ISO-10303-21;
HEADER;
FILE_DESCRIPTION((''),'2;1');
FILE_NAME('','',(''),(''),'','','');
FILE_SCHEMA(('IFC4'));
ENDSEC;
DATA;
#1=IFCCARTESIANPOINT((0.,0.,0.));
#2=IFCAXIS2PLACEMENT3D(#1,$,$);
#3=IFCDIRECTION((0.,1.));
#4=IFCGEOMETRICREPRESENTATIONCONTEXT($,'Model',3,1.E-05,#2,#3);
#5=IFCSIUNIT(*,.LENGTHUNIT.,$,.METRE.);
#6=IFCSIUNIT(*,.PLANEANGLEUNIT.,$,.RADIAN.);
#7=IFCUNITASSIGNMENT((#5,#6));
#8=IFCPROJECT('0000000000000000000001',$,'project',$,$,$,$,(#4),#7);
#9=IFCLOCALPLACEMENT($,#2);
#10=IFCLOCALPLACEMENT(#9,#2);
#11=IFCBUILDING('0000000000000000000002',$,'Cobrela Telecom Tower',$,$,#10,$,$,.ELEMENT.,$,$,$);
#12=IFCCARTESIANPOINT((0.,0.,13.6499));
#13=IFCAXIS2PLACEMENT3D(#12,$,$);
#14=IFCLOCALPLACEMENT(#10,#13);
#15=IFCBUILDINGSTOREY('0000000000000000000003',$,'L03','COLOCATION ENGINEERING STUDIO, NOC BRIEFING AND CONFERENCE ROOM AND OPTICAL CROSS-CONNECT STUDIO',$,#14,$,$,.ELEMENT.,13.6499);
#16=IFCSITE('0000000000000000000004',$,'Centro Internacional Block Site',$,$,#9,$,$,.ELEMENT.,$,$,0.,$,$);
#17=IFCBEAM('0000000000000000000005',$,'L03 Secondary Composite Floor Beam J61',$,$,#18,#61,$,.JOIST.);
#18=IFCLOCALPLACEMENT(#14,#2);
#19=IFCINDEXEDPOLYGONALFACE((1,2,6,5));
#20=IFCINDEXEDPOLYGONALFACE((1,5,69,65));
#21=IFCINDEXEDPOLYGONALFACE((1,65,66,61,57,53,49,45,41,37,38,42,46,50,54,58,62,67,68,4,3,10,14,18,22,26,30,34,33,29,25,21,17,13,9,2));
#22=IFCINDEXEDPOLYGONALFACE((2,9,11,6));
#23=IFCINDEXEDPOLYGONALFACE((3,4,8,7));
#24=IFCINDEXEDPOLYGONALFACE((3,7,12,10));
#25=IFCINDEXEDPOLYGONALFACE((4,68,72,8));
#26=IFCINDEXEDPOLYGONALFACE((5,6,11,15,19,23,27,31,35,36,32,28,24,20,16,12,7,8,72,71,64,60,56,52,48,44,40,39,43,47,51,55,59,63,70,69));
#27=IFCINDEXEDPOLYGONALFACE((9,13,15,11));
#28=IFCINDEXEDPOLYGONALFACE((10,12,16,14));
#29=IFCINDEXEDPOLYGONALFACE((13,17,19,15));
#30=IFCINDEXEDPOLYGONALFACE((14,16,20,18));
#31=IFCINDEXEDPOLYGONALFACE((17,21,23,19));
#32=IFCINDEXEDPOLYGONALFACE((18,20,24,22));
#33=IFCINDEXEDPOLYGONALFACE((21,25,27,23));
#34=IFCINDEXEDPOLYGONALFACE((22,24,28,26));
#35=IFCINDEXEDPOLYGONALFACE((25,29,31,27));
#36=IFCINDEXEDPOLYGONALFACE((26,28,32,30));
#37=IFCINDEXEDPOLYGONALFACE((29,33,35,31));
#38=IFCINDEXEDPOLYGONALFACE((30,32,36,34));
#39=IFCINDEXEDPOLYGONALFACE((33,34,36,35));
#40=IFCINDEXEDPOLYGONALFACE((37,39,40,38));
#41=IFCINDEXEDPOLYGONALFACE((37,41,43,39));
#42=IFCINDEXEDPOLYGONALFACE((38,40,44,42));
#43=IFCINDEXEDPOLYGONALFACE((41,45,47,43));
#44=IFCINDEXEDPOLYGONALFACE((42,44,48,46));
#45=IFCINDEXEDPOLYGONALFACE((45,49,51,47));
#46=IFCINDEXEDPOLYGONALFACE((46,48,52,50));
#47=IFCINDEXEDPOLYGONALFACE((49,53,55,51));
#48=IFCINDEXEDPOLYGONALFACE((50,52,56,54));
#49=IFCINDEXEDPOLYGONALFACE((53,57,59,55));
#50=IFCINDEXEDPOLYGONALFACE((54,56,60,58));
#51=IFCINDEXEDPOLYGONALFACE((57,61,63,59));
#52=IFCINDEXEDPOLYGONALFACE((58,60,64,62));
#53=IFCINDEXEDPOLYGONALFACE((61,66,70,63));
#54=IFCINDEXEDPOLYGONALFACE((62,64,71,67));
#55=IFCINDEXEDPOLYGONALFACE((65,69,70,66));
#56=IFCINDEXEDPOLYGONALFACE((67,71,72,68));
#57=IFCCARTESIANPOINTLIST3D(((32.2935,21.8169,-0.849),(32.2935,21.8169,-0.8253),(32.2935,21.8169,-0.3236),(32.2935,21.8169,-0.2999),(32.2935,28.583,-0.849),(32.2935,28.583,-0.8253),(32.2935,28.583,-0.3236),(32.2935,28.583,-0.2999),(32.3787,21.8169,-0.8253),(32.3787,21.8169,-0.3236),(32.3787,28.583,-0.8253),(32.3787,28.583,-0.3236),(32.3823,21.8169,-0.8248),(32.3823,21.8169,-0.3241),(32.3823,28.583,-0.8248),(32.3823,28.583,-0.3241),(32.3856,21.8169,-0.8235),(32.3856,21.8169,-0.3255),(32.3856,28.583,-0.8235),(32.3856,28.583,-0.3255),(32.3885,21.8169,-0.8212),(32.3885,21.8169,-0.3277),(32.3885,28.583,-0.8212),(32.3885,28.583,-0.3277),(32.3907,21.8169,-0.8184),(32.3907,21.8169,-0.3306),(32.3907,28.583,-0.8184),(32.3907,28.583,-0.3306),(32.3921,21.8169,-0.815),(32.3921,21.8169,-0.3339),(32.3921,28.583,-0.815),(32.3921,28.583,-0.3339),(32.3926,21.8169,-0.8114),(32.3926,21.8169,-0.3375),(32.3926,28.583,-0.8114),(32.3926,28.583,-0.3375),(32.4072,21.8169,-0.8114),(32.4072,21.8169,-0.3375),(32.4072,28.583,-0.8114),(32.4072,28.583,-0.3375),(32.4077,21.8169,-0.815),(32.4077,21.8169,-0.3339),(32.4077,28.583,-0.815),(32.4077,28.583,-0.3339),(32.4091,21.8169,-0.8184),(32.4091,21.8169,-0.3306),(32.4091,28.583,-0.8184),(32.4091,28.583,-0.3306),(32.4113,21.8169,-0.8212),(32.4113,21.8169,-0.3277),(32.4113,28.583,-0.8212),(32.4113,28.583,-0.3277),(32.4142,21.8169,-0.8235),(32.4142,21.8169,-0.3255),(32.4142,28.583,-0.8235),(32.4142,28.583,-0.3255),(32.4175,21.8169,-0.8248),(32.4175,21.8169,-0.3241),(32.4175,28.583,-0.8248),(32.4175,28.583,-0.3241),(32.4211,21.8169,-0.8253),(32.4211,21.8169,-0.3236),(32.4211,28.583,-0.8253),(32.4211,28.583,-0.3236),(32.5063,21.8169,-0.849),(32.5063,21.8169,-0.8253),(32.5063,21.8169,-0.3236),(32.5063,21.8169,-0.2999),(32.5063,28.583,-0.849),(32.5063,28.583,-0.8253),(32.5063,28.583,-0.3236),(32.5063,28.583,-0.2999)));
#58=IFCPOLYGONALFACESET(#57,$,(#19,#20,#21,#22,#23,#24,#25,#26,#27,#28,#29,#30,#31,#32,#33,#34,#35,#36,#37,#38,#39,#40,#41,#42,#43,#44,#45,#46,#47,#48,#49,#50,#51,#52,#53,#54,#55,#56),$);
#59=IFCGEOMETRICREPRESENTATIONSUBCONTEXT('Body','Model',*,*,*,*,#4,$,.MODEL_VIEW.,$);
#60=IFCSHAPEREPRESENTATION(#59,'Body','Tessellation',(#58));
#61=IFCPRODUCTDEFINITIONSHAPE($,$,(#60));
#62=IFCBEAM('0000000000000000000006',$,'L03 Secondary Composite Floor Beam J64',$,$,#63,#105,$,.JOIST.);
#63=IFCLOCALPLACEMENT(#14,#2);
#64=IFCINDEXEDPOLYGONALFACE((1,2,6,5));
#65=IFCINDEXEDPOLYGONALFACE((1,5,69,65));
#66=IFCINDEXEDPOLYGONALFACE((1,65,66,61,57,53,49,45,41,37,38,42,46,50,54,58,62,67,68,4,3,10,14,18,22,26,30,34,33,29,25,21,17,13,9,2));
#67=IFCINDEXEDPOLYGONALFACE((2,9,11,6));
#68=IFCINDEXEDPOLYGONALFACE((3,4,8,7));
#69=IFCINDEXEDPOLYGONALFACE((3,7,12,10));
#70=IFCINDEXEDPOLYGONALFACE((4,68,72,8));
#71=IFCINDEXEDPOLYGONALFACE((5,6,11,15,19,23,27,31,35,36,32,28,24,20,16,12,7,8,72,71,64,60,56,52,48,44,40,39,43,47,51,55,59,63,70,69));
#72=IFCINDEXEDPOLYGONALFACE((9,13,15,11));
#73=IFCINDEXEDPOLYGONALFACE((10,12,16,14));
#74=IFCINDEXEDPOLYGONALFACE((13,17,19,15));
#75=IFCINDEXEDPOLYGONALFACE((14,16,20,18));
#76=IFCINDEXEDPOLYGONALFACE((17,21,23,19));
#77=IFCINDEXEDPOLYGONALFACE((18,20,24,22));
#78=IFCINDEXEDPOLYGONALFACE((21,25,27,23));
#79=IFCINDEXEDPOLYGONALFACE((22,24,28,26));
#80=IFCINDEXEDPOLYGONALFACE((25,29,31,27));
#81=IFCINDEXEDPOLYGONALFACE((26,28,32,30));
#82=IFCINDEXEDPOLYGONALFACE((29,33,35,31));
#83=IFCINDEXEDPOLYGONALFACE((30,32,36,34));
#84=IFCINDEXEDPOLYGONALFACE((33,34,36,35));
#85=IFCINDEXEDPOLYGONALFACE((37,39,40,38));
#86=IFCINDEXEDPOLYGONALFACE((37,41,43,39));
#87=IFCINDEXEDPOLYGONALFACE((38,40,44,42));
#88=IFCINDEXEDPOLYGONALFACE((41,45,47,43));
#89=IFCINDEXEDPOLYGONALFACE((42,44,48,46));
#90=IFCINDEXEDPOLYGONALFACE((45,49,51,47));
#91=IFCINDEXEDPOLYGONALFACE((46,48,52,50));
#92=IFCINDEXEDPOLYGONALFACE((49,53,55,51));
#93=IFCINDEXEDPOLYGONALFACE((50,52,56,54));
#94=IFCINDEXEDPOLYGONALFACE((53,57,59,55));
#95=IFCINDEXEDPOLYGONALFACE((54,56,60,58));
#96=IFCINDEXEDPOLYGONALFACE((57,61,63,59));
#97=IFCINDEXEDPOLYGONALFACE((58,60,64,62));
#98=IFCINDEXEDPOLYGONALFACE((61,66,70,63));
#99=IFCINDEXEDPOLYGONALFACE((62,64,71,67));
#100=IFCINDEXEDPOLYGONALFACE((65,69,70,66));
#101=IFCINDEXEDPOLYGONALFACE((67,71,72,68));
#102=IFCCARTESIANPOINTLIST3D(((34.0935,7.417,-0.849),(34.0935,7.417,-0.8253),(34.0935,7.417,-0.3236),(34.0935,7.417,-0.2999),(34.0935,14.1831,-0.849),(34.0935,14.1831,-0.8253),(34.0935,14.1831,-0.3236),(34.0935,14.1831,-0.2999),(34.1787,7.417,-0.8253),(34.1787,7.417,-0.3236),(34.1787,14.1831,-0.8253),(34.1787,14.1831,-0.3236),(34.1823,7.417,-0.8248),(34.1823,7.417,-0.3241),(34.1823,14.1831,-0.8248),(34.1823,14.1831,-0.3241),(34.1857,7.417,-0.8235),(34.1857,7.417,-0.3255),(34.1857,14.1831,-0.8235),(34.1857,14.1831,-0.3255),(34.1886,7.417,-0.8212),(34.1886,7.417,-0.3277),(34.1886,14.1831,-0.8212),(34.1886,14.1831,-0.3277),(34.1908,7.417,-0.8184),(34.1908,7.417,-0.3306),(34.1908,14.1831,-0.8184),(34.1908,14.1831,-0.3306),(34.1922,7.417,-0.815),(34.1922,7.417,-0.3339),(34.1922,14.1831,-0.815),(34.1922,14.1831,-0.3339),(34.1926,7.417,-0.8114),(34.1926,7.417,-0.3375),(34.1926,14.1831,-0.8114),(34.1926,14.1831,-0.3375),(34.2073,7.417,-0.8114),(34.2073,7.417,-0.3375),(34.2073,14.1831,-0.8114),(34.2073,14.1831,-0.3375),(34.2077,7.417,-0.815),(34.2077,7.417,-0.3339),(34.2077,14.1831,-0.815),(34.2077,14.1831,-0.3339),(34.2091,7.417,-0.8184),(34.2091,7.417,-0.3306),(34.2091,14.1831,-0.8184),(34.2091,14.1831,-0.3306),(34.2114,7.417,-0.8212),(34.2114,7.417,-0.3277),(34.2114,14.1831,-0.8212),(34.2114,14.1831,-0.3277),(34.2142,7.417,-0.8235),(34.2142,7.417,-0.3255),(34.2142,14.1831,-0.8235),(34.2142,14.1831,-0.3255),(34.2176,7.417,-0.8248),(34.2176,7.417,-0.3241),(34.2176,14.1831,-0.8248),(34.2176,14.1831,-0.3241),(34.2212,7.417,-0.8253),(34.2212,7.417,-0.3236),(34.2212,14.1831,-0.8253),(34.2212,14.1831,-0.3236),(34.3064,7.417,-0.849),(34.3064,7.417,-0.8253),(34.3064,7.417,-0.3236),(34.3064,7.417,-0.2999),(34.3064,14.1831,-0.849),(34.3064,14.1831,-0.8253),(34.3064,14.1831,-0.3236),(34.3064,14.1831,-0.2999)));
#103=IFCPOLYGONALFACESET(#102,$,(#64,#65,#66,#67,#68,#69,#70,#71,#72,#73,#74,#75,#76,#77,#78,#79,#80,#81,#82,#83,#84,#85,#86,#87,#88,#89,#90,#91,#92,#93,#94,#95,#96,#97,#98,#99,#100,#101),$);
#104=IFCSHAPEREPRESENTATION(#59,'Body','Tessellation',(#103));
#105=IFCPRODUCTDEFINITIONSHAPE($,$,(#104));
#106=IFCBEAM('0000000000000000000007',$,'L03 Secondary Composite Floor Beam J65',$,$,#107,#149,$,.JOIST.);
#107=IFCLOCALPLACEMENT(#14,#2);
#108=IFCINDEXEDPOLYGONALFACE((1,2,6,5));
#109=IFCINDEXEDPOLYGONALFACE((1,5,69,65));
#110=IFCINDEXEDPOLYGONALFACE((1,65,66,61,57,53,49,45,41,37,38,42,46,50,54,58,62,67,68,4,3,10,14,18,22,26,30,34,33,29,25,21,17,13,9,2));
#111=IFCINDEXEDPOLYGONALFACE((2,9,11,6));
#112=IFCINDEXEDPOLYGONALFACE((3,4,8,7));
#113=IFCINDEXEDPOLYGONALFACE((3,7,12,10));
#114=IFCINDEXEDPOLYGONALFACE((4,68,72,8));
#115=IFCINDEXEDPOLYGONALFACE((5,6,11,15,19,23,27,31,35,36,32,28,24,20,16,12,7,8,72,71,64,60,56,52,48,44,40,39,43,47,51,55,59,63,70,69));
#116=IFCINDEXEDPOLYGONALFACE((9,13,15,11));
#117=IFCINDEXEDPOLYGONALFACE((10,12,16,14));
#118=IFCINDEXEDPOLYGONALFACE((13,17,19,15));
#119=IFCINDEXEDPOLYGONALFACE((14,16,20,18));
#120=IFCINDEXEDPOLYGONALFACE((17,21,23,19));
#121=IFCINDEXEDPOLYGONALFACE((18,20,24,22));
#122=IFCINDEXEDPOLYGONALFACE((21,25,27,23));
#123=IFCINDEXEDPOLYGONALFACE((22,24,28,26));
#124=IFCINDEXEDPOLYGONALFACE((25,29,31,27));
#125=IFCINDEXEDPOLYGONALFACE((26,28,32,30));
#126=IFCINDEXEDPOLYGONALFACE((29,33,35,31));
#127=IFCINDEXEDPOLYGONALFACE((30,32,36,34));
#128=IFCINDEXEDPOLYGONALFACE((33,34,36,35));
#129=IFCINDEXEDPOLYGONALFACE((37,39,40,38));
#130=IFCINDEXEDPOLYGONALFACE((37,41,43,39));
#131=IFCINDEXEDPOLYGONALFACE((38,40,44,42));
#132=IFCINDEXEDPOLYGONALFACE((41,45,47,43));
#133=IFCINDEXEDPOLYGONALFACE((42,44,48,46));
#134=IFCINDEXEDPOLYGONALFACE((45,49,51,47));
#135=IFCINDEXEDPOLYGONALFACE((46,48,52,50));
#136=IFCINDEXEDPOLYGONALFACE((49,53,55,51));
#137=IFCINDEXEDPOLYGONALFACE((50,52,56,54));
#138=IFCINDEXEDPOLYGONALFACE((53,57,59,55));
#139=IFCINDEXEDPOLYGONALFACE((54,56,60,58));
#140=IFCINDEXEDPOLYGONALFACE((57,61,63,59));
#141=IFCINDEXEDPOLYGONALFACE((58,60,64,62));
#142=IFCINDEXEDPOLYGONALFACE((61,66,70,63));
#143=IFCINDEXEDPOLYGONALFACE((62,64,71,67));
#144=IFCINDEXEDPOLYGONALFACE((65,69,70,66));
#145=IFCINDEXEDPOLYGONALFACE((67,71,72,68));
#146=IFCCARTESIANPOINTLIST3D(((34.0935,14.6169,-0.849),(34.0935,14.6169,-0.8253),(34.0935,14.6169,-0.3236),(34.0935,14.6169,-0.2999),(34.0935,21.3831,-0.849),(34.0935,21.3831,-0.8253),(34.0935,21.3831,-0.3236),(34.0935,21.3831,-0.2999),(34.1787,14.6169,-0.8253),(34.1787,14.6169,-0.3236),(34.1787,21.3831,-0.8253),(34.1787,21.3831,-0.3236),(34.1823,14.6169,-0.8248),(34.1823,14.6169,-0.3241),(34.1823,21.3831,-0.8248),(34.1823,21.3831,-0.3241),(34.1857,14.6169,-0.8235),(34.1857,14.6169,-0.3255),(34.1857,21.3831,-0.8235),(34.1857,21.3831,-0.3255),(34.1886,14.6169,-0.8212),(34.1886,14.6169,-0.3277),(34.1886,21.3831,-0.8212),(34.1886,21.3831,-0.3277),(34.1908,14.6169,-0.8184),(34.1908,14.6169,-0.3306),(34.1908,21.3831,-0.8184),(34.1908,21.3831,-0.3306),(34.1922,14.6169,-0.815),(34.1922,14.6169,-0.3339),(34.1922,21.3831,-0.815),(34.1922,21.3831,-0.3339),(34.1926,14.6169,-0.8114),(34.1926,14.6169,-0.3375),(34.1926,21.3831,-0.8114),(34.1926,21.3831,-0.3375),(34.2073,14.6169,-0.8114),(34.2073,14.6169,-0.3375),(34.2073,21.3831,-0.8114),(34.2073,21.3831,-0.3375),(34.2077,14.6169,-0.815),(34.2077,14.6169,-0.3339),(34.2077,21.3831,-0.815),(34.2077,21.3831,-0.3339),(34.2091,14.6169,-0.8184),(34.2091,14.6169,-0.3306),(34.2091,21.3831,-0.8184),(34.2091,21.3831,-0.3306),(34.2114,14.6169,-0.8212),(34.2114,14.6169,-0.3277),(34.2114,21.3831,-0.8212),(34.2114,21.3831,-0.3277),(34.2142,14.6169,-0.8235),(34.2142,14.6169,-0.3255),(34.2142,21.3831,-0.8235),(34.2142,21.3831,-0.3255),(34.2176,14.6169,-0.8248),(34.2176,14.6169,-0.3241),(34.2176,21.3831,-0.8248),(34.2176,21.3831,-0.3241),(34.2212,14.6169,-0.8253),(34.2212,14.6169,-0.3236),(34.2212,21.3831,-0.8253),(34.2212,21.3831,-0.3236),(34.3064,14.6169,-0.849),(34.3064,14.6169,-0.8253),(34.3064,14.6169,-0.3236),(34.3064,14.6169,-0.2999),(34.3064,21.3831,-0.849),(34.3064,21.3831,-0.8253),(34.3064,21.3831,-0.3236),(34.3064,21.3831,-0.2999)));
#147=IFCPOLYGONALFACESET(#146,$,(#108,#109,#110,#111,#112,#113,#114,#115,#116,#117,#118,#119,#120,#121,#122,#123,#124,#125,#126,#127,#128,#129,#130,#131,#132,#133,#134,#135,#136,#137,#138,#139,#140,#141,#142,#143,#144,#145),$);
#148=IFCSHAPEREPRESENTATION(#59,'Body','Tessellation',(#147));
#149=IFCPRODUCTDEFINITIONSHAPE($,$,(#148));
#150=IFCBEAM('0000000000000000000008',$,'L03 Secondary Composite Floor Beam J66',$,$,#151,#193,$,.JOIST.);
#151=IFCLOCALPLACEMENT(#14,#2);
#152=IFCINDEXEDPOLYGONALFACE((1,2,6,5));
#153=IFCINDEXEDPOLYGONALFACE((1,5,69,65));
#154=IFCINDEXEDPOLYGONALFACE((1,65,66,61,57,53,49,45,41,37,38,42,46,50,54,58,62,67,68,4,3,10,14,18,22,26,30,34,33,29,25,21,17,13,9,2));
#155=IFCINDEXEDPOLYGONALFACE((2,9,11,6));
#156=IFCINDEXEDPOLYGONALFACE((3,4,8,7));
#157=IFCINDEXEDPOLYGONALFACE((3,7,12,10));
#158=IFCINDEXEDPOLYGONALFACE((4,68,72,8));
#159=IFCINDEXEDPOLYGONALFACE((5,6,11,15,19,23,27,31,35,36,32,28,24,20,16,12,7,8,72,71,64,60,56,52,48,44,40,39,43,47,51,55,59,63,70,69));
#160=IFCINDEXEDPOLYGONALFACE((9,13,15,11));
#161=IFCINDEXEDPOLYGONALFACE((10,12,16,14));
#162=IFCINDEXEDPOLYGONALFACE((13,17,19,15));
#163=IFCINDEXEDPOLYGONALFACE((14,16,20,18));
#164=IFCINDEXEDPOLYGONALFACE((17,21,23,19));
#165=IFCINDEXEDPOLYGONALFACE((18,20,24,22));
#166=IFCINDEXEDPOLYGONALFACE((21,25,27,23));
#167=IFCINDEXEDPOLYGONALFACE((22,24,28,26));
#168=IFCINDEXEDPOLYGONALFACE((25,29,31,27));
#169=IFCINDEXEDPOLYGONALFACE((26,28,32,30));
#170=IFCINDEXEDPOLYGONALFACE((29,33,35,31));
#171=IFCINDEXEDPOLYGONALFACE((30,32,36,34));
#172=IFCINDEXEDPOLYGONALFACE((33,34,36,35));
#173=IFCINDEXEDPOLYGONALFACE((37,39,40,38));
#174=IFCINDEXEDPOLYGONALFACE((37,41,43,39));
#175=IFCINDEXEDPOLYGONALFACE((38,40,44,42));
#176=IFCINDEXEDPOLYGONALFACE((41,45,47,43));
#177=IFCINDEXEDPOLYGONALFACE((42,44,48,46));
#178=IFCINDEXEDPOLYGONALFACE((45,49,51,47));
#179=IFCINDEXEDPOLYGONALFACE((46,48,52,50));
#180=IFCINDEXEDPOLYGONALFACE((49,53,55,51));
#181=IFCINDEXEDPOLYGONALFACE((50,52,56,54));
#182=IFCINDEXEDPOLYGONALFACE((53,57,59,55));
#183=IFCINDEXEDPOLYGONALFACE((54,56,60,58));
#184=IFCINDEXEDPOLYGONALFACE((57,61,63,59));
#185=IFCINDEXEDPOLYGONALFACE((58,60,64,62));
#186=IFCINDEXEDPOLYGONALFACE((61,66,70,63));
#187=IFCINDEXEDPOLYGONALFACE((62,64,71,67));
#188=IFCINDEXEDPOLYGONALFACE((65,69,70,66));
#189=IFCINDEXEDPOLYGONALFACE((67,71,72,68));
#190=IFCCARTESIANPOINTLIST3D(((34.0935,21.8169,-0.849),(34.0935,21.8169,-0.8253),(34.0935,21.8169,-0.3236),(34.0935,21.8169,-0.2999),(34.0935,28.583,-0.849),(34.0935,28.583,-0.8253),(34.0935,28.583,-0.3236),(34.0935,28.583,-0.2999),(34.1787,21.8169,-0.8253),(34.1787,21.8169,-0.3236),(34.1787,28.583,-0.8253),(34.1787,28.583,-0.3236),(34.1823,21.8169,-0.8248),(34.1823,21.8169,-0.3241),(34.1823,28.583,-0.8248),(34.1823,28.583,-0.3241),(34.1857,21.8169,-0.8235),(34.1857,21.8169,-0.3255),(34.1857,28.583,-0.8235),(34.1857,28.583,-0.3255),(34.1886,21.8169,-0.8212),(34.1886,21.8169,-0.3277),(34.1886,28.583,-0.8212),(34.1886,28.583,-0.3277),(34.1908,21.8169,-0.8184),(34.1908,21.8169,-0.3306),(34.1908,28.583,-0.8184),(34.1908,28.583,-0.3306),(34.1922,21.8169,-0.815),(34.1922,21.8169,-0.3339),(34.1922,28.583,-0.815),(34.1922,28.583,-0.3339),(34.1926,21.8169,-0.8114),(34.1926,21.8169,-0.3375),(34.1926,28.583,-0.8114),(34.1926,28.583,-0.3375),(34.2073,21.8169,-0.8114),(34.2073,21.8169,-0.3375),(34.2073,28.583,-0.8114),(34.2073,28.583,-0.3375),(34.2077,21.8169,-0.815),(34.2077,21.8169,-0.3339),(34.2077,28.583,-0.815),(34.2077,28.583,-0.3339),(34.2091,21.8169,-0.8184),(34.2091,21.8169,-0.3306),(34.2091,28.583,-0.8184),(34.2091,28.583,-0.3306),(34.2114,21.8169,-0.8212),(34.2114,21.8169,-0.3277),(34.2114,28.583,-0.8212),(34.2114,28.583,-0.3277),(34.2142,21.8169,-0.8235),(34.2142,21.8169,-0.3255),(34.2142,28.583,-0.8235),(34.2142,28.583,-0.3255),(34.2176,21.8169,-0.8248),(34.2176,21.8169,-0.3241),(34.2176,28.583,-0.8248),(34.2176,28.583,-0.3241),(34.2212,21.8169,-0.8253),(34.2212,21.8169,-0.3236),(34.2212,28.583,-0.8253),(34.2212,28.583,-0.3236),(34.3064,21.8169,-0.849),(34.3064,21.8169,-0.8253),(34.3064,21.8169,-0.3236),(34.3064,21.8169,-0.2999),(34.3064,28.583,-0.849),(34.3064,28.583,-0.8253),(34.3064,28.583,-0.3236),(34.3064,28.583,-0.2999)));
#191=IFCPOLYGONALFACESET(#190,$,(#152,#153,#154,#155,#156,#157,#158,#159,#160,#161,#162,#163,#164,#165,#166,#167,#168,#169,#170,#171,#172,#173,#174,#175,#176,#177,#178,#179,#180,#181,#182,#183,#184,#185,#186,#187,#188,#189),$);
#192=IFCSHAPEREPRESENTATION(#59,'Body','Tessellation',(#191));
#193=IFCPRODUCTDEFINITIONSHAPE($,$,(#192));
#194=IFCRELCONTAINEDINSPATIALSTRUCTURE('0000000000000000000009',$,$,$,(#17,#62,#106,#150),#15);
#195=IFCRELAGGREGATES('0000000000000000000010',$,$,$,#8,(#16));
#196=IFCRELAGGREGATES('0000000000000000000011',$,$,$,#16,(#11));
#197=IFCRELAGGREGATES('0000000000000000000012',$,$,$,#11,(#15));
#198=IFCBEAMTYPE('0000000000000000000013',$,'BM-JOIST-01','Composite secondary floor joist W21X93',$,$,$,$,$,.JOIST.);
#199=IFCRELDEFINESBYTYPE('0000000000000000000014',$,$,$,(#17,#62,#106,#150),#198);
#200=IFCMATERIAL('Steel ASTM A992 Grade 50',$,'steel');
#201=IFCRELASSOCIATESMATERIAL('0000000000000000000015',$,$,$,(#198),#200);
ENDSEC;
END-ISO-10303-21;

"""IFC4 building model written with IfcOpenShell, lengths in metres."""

from ifc_helpers import new_model, si_unit, direction, frame, origin, origin_2d, place, context, subcontext, project, spatial, i_section, extrude, material, material_profile, profile_set, type_object, element, save


model = new_model("IFC4")

# Units and contexts
model_context = context("Model", 3, precision=1e-05, world=origin(), true_north=direction((0.0, 1.0)))
body_context = subcontext(model_context, "Body", "Model", "MODEL_VIEW")
ifc_project = project(units=[si_unit("LENGTHUNIT", "METRE"), si_unit("PLANEANGLEUNIT", "RADIAN")], contexts=[model_context])

# Site, building, storey
site_placement = place(None, origin())
site = spatial("IfcSite", under=ifc_project, at=site_placement, Name="Centro Internacional Block Site", CompositionType="ELEMENT", RefElevation=0.0)
building_placement = place(site_placement, origin())
building = spatial("IfcBuilding", under=site, at=building_placement, Name="Cobrela Telecom Tower", CompositionType="ELEMENT")
storey_placement = place(building_placement, frame((0.0, 0.0, 13.6499)))
storey = spatial("IfcBuildingStorey", under=building, at=storey_placement, Name="L03", Description="COLOCATION ENGINEERING STUDIO, NOC BRIEFING AND CONFERENCE ROOM AND OPTICAL CROSS-CONNECT STUDIO", CompositionType="ELEMENT", Elevation=13.6499)

# Beams
ifc_material_1 = material(Name="Steel ASTM A992 Grade 50", Category="steel")
ifc_material_profile_1 = material_profile(ifc_material_1, i_section(OverallWidth=0.2129, OverallDepth=0.5491, WebThickness=0.0146, FlangeThickness=0.0237, FilletRadius=0.0139, at=origin_2d()), Name="W21X93")
ifc_profile_set_1 = profile_set([ifc_material_profile_1], Name="Steel ASTM A992 Grade 50")
beam_type_1 = type_object("IfcBeamType", Name="BM-JOIST-01", Description="Composite secondary floor joist W21X93", PredefinedType="JOIST", material=ifc_profile_set_1)
for number, where, z_axis, x_axis, name in (
    (1, (32.3999, 21.8169, -0.5745), (0.0, 1.0, 0.0), (-1.0, 0.0, 0.0), "L03 Secondary Composite Floor Beam J61"),
    (2, (34.2, 7.417, -0.5745), (0.0, 1.0, 0.0), (-1.0, 0.0, 0.0), "L03 Secondary Composite Floor Beam J64"),
    (3, (34.2, 14.6169, -0.5745), (0.0, 1.0, 0.0), (-1.0, 0.0, 0.0), "L03 Secondary Composite Floor Beam J65"),
    (4, (34.2, 21.8169, -0.5745), (0.0, 1.0, 0.0), (-1.0, 0.0, 0.0), "L03 Secondary Composite Floor Beam J66"),
):
    element("IfcBeam", number, at=place(storey_placement, frame(where, z_axis=z_axis, x_axis=x_axis)), inside=storey, type_object=beam_type_1, Name=name, PredefinedType="JOIST", context=body_context, shape_type="SweptSolid", body=[
        extrude(i_section(OverallWidth=0.2129, OverallDepth=0.5491, WebThickness=0.0146, FlangeThickness=0.0237, FilletRadius=0.0139, at=origin_2d()), origin(), (0.0, 0.0, 1.0), 6.7661),
    ])

save(model, "model.ifc")
